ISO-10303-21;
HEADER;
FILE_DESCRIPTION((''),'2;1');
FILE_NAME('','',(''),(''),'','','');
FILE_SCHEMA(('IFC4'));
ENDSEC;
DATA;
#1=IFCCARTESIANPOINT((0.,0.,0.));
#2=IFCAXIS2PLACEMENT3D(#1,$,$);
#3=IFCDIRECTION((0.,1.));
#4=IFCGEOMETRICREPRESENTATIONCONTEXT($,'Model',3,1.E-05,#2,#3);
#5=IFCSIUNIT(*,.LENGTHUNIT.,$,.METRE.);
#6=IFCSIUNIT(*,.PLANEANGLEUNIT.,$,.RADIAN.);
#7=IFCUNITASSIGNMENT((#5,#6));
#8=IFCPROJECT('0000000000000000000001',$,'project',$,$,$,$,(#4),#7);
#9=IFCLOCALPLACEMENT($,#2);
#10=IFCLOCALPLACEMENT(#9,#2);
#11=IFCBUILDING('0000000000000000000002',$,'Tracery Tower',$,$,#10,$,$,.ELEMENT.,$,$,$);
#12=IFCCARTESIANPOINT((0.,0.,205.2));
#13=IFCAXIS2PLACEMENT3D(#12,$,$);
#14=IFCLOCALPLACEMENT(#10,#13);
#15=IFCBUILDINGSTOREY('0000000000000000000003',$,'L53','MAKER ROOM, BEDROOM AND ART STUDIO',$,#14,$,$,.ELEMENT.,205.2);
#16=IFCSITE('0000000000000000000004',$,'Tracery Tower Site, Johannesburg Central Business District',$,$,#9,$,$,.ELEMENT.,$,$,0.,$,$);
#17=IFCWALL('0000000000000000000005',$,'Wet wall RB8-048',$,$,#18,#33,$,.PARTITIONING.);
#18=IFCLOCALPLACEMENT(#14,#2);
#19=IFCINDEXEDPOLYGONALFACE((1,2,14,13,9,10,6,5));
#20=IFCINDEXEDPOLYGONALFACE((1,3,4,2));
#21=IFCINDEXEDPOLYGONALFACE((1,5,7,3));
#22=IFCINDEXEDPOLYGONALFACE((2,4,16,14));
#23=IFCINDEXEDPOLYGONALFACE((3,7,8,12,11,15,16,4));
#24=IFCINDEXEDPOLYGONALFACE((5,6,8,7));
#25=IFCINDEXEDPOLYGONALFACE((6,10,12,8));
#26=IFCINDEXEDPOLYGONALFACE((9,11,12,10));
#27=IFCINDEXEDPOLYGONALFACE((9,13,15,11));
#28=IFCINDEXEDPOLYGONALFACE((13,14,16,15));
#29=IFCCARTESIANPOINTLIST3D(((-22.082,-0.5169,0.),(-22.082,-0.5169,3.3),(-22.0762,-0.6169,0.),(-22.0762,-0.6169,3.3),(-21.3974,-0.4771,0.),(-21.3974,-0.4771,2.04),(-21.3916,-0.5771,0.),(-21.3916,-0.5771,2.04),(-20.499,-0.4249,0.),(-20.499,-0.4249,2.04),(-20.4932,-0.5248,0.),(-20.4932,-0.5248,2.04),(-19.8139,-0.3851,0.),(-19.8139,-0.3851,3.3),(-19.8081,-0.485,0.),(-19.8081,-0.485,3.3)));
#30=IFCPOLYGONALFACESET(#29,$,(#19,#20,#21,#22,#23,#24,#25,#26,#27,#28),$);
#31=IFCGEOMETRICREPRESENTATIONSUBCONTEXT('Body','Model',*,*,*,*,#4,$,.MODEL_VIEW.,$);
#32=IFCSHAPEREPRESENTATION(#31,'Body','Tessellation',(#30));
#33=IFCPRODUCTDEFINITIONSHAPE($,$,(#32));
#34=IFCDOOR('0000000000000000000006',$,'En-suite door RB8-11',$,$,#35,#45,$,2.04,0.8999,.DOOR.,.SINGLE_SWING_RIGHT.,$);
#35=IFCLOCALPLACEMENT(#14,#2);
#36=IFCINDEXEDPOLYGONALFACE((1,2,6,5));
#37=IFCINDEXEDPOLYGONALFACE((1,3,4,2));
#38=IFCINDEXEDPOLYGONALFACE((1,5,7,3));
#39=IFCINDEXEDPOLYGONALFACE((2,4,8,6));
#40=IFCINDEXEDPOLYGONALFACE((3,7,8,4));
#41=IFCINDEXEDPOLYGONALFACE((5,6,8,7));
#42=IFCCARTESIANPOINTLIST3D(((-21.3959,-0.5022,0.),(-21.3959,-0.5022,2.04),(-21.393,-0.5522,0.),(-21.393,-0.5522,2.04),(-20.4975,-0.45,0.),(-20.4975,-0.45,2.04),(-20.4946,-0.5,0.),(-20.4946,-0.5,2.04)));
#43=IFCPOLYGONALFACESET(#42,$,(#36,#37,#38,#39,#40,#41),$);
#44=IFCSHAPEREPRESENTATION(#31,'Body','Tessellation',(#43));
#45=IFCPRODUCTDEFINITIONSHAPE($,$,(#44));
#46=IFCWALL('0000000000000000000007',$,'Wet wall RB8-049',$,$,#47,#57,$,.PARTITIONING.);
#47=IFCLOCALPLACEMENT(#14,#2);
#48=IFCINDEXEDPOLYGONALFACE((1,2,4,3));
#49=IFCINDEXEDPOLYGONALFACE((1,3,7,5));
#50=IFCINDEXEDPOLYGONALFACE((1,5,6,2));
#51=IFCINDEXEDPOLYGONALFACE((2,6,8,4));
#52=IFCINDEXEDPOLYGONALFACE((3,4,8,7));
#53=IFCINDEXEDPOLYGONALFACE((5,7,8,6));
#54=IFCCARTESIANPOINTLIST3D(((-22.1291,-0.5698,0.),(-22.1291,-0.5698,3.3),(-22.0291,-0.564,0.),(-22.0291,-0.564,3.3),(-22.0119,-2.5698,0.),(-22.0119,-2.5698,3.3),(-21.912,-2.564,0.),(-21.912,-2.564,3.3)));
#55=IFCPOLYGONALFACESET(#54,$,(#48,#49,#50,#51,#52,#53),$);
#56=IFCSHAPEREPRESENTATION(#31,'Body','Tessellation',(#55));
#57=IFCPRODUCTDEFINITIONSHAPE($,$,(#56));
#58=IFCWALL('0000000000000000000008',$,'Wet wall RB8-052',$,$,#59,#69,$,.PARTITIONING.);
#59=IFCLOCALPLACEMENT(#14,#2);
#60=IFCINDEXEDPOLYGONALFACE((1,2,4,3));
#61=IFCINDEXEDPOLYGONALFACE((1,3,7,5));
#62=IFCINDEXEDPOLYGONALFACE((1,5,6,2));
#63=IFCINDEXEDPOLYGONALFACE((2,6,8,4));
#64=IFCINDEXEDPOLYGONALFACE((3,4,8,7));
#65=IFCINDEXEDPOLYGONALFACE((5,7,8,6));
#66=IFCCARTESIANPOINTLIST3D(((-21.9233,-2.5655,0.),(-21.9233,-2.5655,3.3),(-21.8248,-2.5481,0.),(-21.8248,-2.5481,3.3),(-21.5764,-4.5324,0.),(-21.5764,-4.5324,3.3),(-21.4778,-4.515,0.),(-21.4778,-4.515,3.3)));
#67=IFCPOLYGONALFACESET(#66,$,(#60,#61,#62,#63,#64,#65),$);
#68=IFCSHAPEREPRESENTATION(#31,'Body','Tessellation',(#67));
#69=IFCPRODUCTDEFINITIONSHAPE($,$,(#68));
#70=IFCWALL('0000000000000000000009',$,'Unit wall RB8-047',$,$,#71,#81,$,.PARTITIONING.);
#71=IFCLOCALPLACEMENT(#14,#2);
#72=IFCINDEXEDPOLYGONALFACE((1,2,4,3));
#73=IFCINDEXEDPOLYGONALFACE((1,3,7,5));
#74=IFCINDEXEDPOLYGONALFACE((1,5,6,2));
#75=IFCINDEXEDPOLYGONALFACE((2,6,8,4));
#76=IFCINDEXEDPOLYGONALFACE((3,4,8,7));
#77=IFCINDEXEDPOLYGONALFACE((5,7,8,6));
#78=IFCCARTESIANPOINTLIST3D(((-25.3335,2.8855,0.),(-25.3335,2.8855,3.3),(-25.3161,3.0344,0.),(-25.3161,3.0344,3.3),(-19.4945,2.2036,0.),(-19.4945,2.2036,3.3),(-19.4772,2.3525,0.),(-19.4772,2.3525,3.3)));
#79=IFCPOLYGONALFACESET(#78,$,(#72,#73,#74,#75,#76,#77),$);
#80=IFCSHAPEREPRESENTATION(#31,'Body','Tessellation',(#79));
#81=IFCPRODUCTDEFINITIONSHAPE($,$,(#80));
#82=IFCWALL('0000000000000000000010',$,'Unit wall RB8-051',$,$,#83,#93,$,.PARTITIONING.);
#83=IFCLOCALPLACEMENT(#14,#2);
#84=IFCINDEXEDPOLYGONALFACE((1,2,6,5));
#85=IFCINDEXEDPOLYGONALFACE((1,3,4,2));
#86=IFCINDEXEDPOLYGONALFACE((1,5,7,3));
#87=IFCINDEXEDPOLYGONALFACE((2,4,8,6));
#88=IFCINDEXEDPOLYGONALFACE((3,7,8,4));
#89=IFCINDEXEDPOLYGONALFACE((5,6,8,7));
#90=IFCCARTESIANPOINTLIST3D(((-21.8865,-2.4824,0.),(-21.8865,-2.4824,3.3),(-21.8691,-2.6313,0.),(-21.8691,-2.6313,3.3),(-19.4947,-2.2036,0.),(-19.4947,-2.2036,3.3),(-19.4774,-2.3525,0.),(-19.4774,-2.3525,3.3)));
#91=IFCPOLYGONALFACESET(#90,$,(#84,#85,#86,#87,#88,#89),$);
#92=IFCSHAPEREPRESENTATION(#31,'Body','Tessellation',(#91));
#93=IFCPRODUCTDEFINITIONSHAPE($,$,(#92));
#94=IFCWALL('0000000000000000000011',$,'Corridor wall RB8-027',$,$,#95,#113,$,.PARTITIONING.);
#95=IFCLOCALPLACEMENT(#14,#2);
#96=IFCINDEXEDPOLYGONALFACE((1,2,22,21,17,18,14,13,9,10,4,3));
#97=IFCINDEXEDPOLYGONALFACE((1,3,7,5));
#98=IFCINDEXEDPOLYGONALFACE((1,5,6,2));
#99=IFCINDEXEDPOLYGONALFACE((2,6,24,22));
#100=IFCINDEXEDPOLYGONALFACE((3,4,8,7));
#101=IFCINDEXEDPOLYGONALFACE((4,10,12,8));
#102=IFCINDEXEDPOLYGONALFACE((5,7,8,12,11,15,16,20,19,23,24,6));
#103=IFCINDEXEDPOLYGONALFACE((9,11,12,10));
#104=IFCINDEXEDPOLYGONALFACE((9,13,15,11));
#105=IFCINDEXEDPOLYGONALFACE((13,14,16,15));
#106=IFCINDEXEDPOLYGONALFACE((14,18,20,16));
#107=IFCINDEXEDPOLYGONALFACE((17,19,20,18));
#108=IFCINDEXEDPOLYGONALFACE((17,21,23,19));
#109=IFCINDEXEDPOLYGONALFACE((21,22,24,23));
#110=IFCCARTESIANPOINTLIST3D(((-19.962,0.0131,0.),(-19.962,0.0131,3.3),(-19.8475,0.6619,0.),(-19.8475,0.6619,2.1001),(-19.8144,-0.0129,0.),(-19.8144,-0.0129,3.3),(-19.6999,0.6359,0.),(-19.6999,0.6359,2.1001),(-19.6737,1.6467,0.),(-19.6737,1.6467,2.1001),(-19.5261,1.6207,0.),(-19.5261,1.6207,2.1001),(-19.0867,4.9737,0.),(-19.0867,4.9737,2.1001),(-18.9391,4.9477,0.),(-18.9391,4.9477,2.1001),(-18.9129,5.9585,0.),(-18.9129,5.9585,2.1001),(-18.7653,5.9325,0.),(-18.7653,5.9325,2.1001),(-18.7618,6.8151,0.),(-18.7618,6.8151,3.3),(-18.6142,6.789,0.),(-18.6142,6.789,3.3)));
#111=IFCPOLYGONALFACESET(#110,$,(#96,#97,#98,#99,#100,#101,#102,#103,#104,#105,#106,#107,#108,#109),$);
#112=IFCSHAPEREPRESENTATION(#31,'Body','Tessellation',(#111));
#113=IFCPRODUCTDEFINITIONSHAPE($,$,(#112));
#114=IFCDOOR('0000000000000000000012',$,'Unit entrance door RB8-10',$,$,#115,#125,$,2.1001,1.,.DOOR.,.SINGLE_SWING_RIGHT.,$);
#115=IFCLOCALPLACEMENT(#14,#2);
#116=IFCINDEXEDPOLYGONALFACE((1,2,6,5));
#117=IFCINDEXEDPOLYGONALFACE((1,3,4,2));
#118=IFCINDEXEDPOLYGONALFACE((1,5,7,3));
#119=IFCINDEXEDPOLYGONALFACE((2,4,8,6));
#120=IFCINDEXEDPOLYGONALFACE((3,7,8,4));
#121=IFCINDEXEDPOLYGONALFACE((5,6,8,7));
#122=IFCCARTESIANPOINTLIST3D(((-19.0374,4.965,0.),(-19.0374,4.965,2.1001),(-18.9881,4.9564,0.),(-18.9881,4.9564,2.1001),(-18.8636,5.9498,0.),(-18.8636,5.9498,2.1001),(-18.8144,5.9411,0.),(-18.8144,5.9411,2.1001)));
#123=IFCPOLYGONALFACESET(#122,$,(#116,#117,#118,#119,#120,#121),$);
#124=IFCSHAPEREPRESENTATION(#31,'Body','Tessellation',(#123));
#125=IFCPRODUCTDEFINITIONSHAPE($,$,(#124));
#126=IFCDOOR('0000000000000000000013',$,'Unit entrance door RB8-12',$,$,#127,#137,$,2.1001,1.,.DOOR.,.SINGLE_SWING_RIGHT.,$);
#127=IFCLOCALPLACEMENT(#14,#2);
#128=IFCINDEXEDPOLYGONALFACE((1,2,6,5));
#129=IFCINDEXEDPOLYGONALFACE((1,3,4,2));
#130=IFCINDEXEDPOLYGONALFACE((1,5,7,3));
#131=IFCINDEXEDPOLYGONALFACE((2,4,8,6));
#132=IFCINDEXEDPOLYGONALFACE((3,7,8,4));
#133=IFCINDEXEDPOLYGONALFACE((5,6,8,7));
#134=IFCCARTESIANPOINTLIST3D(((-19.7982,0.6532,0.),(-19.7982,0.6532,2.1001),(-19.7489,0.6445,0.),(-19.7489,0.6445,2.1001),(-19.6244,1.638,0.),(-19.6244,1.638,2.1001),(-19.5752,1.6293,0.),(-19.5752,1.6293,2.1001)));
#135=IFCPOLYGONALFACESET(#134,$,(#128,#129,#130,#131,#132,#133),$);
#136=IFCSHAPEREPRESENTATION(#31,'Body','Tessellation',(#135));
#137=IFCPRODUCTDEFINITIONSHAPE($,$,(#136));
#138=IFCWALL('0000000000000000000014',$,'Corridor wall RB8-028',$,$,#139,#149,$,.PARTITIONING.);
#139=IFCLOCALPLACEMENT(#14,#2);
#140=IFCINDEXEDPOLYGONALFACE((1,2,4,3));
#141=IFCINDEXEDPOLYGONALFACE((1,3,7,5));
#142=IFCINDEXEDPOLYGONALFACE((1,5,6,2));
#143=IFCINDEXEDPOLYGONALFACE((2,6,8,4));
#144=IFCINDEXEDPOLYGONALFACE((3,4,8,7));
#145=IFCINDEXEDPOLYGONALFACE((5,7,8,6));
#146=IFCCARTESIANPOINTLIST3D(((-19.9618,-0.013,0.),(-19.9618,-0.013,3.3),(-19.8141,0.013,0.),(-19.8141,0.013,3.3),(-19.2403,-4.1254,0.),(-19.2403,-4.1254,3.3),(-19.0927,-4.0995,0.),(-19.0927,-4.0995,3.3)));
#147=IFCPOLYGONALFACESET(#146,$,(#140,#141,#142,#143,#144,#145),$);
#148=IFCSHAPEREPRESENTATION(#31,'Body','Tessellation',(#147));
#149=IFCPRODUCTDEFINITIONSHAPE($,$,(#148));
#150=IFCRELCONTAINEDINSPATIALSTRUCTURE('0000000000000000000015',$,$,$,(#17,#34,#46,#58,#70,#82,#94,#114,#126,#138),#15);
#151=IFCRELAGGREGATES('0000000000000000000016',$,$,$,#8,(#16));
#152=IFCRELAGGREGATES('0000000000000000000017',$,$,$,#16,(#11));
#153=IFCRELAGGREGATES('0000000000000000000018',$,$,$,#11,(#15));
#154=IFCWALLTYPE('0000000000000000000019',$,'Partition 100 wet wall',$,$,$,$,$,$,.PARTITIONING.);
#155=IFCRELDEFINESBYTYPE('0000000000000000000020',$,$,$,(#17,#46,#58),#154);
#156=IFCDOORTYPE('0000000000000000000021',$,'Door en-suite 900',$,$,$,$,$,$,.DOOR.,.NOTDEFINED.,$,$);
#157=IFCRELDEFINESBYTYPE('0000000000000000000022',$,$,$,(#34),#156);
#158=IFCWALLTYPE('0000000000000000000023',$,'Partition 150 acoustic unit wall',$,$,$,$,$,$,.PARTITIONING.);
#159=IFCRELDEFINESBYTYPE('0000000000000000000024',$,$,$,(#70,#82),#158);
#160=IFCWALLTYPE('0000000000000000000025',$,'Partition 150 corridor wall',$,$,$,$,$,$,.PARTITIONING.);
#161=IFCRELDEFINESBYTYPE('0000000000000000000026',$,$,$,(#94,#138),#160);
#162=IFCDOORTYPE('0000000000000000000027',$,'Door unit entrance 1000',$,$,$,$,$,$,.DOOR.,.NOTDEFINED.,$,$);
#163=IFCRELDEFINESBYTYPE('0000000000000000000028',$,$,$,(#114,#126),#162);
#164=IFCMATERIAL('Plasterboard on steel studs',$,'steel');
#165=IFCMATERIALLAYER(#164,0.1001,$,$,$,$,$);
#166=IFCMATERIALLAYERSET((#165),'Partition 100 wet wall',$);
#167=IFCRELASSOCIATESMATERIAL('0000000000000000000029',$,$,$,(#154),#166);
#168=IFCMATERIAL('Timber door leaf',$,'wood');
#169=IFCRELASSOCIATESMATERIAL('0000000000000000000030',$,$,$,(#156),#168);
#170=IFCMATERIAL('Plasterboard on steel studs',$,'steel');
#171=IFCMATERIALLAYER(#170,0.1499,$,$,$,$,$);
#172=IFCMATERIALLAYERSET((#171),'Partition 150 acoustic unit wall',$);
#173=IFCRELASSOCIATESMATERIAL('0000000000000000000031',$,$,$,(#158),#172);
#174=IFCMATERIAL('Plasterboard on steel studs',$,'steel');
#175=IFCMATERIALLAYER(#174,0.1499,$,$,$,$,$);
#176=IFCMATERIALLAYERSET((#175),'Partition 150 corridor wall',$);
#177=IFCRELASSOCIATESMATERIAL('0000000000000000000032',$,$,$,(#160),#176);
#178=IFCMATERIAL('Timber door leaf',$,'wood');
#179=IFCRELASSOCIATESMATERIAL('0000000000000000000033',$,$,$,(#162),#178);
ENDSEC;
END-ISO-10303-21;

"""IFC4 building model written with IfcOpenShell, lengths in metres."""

from ifc_helpers import new_model, si_unit, direction, frame, frame_2d, origin, place, context, subcontext, project, spatial, rectangle, extrude, material, layer, layer_set, type_object, element, fill, save


model = new_model("IFC4")

# Units and contexts
model_context = context("Model", 3, precision=1e-05, world=origin(), true_north=direction((0.0, 1.0)))
body_context = subcontext(model_context, "Body", "Model", "MODEL_VIEW")
ifc_project = project(units=[si_unit("LENGTHUNIT", "METRE"), si_unit("PLANEANGLEUNIT", "RADIAN")], contexts=[model_context])

# Site, building, storey
site_placement = place(None, origin())
site = spatial("IfcSite", under=ifc_project, at=site_placement, Name="Tracery Tower Site, Johannesburg Central Business District", CompositionType="ELEMENT", RefElevation=0.0)
building_placement = place(site_placement, origin())
building = spatial("IfcBuilding", under=site, at=building_placement, Name="Tracery Tower", CompositionType="ELEMENT")
storey_placement = place(building_placement, frame((0.0, 0.0, 205.2)))
storey = spatial("IfcBuildingStorey", under=building, at=storey_placement, Name="L53", Description="MAKER ROOM, BEDROOM AND ART STUDIO", CompositionType="ELEMENT", Elevation=205.2)

# Shared definitions
ifc_material_1 = material(Name="Plasterboard on steel studs", Category="steel")
ifc_layer_1 = layer(ifc_material_1, 0.1001)
ifc_layer_set_1 = layer_set([ifc_layer_1], Name="Partition 100 wet wall")
wall_type_1 = type_object("IfcWallType", Name="Partition 100 wet wall", PredefinedType="PARTITIONING", material=ifc_layer_set_1)
ifc_material_2 = material(Name="Timber door leaf", Category="wood")
door_type_1 = type_object("IfcDoorType", Name="Door en-suite 900", OperationType="NOTDEFINED", PredefinedType="DOOR", material=ifc_material_2)

# Wall, opening, door
wall_1_placement = place(storey_placement, frame((-22.0791, -0.5669, 0.0), z_axis=(0.0, 0.0, 1.0), x_axis=(0.998315, 0.058029, 0.0)))
wall_1 = element("IfcWall", 1, at=wall_1_placement, inside=storey, type_object=wall_type_1, Name="Wet wall RB8-048", PredefinedType="PARTITIONING", context=body_context, shape_type="SweptSolid", body=[
    extrude(rectangle(XDim=2.272, YDim=0.1001, at=frame_2d((1.136, 0.0))), origin(), (0.0, 0.0, 1.0), 3.3),
])
opening_1_placement = place(wall_1_placement, frame((0.6858, 0.0, 0.0)))
opening_1 = element("IfcOpeningElement", 2, at=opening_1_placement, cuts=wall_1, PredefinedType="OPENING", context=body_context, shape_type="SweptSolid", body=[
    extrude(rectangle(XDim=0.8999, YDim=2.04, at=frame_2d((0.45, 1.02))), frame((0.0, 0.05, 0.0), z_axis=(0.0, -1.0, 0.0), x_axis=(1.0, 0.0, 0.0)), (0.0, 0.0, 1.0), 0.1001),
])
door_1_placement = place(opening_1_placement, origin())
door_1 = element("IfcDoor", 3, at=door_1_placement, inside=storey, type_object=door_type_1, Name="En-suite door RB8-11", OperationType="SINGLE_SWING_RIGHT", OverallHeight=2.04, OverallWidth=0.8999, PredefinedType="DOOR", context=body_context, shape_type="SweptSolid", body=[
    extrude(rectangle(XDim=0.8999, YDim=2.04, at=frame_2d((0.45, 1.02))), frame((0.0, 0.0249, 0.0), z_axis=(0.0, -1.0, 0.0), x_axis=(1.0, 0.0, 0.0)), (0.0, 0.0, 1.0), 0.05),
])
fill(opening_1, door_1)

# Walls
wall_2_placement = place(storey_placement, frame((-22.0791, -0.5669, 0.0), z_axis=(0.0, 0.0, 1.0), x_axis=(0.058493, -0.998288, 0.0)))
element("IfcWall", 4, at=wall_2_placement, inside=storey, type_object=wall_type_1, Name="Wet wall RB8-049", PredefinedType="PARTITIONING", context=body_context, shape_type="SweptSolid", body=[
    extrude(rectangle(XDim=2.0034, YDim=0.1001, at=frame_2d((1.0017, 0.0))), origin(), (0.0, 0.0, 1.0), 3.3),
])
wall_3_placement = place(storey_placement, frame((-21.874, -2.5569, 0.0), z_axis=(0.0, 0.0, 1.0), x_axis=(0.173688, -0.984801, 0.0)))
element("IfcWall", 5, at=wall_3_placement, inside=storey, type_object=wall_type_1, Name="Wet wall RB8-052", PredefinedType="PARTITIONING", context=body_context, shape_type="SweptSolid", body=[
    extrude(rectangle(XDim=1.9973, YDim=0.1001, at=frame_2d((0.9985, 0.0))), origin(), (0.0, 0.0, 1.0), 3.3),
])
ifc_material_3 = material(Name="Plasterboard on steel studs", Category="steel")
ifc_layer_2 = layer(ifc_material_3, 0.1499)
ifc_layer_set_2 = layer_set([ifc_layer_2], Name="Partition 150 acoustic unit wall")
wall_type_2 = type_object("IfcWallType", Name="Partition 150 acoustic unit wall", PredefinedType="PARTITIONING", material=ifc_layer_set_2)
wall_4_placement = place(storey_placement, frame((-25.325, 2.96, 0.0), z_axis=(0.0, 0.0, 1.0), x_axis=(0.99325, -0.115995, 0.0)))
element("IfcWall", 6, at=wall_4_placement, inside=storey, type_object=wall_type_2, Name="Unit wall RB8-047", PredefinedType="PARTITIONING", context=body_context, shape_type="SweptSolid", body=[
    extrude(rectangle(XDim=5.8787, YDim=0.1499, at=frame_2d((2.9395, 0.0))), origin(), (0.0, 0.0, 1.0), 3.3),
])
wall_5_placement = place(storey_placement, frame((-21.8779, -2.5569, 0.0), z_axis=(0.0, 0.0, 1.0), x_axis=(0.993275, 0.115782, 0.0)))
element("IfcWall", 7, at=wall_5_placement, inside=storey, type_object=wall_type_2, Name="Unit wall RB8-051", PredefinedType="PARTITIONING", context=body_context, shape_type="SweptSolid", body=[
    extrude(rectangle(XDim=2.408, YDim=0.1499, at=frame_2d((1.2041, 0.0))), origin(), (0.0, 0.0, 1.0), 3.3),
])

# Wall, openings, doors
ifc_material_4 = material(Name="Plasterboard on steel studs", Category="steel")
ifc_layer_3 = layer(ifc_material_4, 0.1499)
ifc_layer_set_3 = layer_set([ifc_layer_3], Name="Partition 150 corridor wall")
wall_type_3 = type_object("IfcWallType", Name="Partition 150 corridor wall", PredefinedType="PARTITIONING", material=ifc_layer_set_3)
wall_6_placement = place(storey_placement, frame((-19.8882, 0.0, 0.0), z_axis=(0.0, 0.0, 1.0), x_axis=(0.173763, 0.984787, 0.0)))
wall_6 = element("IfcWall", 8, at=wall_6_placement, inside=storey, type_object=wall_type_3, Name="Corridor wall RB8-027", PredefinedType="PARTITIONING", context=body_context, shape_type="SweptSolid", body=[
    extrude(rectangle(XDim=6.907, YDim=0.1499, at=frame_2d((3.4536, 0.0))), origin(), (0.0, 0.0, 1.0), 3.3),
])
opening_2_placement = place(wall_6_placement, frame((5.0374, 0.0, 0.0)))
opening_2 = element("IfcOpeningElement", 9, at=opening_2_placement, cuts=wall_6, PredefinedType="OPENING", context=body_context, shape_type="SweptSolid", body=[
    extrude(rectangle(XDim=1.0, YDim=2.1001, at=frame_2d((0.5, 1.05))), frame((0.0, 0.075, 0.0), z_axis=(0.0, -1.0, 0.0), x_axis=(1.0, 0.0, 0.0)), (0.0, 0.0, 1.0), 0.1499),
])
opening_3_placement = place(wall_6_placement, frame((0.6589, 0.0, 0.0)))
opening_3 = element("IfcOpeningElement", 10, at=opening_3_placement, cuts=wall_6, PredefinedType="OPENING", context=body_context, shape_type="SweptSolid", body=[
    extrude(rectangle(XDim=1.0, YDim=2.1001, at=frame_2d((0.5, 1.05))), frame((0.0, 0.075, 0.0), z_axis=(0.0, -1.0, 0.0), x_axis=(1.0, 0.0, 0.0)), (0.0, 0.0, 1.0), 0.1499),
])
ifc_material_5 = material(Name="Timber door leaf", Category="wood")
door_type_2 = type_object("IfcDoorType", Name="Door unit entrance 1000", OperationType="NOTDEFINED", PredefinedType="DOOR", material=ifc_material_5)
door_2_placement = place(opening_2_placement, origin())
door_2 = element("IfcDoor", 11, at=door_2_placement, inside=storey, type_object=door_type_2, Name="Unit entrance door RB8-10", OperationType="SINGLE_SWING_RIGHT", OverallHeight=2.1001, OverallWidth=1.0, PredefinedType="DOOR", context=body_context, shape_type="SweptSolid", body=[
    extrude(rectangle(XDim=1.0, YDim=2.1001, at=frame_2d((0.5, 1.05))), frame((0.0, 0.0249, 0.0), z_axis=(0.0, -1.0, 0.0), x_axis=(1.0, 0.0, 0.0)), (0.0, 0.0, 1.0), 0.05),
])
fill(opening_2, door_2)
door_3_placement = place(opening_3_placement, origin())
door_3 = element("IfcDoor", 12, at=door_3_placement, inside=storey, type_object=door_type_2, Name="Unit entrance door RB8-12", OperationType="SINGLE_SWING_RIGHT", OverallHeight=2.1001, OverallWidth=1.0, PredefinedType="DOOR", context=body_context, shape_type="SweptSolid", body=[
    extrude(rectangle(XDim=1.0, YDim=2.1001, at=frame_2d((0.5, 1.05))), frame((0.0, 0.0249, 0.0), z_axis=(0.0, -1.0, 0.0), x_axis=(1.0, 0.0, 0.0)), (0.0, 0.0, 1.0), 0.05),
])
fill(opening_3, door_3)

# Wall
wall_7_placement = place(storey_placement, frame((-19.8879, 0.0, 0.0), z_axis=(0.0, 0.0, 1.0), x_axis=(0.172785, -0.98496, 0.0)))
element("IfcWall", 13, at=wall_7_placement, inside=storey, type_object=wall_type_3, Name="Corridor wall RB8-028", PredefinedType="PARTITIONING", context=body_context, shape_type="SweptSolid", body=[
    extrude(rectangle(XDim=4.1753, YDim=0.1499, at=frame_2d((2.0876, 0.0))), origin(), (0.0, 0.0, 1.0), 3.3),
])

save(model, "model.ifc")
